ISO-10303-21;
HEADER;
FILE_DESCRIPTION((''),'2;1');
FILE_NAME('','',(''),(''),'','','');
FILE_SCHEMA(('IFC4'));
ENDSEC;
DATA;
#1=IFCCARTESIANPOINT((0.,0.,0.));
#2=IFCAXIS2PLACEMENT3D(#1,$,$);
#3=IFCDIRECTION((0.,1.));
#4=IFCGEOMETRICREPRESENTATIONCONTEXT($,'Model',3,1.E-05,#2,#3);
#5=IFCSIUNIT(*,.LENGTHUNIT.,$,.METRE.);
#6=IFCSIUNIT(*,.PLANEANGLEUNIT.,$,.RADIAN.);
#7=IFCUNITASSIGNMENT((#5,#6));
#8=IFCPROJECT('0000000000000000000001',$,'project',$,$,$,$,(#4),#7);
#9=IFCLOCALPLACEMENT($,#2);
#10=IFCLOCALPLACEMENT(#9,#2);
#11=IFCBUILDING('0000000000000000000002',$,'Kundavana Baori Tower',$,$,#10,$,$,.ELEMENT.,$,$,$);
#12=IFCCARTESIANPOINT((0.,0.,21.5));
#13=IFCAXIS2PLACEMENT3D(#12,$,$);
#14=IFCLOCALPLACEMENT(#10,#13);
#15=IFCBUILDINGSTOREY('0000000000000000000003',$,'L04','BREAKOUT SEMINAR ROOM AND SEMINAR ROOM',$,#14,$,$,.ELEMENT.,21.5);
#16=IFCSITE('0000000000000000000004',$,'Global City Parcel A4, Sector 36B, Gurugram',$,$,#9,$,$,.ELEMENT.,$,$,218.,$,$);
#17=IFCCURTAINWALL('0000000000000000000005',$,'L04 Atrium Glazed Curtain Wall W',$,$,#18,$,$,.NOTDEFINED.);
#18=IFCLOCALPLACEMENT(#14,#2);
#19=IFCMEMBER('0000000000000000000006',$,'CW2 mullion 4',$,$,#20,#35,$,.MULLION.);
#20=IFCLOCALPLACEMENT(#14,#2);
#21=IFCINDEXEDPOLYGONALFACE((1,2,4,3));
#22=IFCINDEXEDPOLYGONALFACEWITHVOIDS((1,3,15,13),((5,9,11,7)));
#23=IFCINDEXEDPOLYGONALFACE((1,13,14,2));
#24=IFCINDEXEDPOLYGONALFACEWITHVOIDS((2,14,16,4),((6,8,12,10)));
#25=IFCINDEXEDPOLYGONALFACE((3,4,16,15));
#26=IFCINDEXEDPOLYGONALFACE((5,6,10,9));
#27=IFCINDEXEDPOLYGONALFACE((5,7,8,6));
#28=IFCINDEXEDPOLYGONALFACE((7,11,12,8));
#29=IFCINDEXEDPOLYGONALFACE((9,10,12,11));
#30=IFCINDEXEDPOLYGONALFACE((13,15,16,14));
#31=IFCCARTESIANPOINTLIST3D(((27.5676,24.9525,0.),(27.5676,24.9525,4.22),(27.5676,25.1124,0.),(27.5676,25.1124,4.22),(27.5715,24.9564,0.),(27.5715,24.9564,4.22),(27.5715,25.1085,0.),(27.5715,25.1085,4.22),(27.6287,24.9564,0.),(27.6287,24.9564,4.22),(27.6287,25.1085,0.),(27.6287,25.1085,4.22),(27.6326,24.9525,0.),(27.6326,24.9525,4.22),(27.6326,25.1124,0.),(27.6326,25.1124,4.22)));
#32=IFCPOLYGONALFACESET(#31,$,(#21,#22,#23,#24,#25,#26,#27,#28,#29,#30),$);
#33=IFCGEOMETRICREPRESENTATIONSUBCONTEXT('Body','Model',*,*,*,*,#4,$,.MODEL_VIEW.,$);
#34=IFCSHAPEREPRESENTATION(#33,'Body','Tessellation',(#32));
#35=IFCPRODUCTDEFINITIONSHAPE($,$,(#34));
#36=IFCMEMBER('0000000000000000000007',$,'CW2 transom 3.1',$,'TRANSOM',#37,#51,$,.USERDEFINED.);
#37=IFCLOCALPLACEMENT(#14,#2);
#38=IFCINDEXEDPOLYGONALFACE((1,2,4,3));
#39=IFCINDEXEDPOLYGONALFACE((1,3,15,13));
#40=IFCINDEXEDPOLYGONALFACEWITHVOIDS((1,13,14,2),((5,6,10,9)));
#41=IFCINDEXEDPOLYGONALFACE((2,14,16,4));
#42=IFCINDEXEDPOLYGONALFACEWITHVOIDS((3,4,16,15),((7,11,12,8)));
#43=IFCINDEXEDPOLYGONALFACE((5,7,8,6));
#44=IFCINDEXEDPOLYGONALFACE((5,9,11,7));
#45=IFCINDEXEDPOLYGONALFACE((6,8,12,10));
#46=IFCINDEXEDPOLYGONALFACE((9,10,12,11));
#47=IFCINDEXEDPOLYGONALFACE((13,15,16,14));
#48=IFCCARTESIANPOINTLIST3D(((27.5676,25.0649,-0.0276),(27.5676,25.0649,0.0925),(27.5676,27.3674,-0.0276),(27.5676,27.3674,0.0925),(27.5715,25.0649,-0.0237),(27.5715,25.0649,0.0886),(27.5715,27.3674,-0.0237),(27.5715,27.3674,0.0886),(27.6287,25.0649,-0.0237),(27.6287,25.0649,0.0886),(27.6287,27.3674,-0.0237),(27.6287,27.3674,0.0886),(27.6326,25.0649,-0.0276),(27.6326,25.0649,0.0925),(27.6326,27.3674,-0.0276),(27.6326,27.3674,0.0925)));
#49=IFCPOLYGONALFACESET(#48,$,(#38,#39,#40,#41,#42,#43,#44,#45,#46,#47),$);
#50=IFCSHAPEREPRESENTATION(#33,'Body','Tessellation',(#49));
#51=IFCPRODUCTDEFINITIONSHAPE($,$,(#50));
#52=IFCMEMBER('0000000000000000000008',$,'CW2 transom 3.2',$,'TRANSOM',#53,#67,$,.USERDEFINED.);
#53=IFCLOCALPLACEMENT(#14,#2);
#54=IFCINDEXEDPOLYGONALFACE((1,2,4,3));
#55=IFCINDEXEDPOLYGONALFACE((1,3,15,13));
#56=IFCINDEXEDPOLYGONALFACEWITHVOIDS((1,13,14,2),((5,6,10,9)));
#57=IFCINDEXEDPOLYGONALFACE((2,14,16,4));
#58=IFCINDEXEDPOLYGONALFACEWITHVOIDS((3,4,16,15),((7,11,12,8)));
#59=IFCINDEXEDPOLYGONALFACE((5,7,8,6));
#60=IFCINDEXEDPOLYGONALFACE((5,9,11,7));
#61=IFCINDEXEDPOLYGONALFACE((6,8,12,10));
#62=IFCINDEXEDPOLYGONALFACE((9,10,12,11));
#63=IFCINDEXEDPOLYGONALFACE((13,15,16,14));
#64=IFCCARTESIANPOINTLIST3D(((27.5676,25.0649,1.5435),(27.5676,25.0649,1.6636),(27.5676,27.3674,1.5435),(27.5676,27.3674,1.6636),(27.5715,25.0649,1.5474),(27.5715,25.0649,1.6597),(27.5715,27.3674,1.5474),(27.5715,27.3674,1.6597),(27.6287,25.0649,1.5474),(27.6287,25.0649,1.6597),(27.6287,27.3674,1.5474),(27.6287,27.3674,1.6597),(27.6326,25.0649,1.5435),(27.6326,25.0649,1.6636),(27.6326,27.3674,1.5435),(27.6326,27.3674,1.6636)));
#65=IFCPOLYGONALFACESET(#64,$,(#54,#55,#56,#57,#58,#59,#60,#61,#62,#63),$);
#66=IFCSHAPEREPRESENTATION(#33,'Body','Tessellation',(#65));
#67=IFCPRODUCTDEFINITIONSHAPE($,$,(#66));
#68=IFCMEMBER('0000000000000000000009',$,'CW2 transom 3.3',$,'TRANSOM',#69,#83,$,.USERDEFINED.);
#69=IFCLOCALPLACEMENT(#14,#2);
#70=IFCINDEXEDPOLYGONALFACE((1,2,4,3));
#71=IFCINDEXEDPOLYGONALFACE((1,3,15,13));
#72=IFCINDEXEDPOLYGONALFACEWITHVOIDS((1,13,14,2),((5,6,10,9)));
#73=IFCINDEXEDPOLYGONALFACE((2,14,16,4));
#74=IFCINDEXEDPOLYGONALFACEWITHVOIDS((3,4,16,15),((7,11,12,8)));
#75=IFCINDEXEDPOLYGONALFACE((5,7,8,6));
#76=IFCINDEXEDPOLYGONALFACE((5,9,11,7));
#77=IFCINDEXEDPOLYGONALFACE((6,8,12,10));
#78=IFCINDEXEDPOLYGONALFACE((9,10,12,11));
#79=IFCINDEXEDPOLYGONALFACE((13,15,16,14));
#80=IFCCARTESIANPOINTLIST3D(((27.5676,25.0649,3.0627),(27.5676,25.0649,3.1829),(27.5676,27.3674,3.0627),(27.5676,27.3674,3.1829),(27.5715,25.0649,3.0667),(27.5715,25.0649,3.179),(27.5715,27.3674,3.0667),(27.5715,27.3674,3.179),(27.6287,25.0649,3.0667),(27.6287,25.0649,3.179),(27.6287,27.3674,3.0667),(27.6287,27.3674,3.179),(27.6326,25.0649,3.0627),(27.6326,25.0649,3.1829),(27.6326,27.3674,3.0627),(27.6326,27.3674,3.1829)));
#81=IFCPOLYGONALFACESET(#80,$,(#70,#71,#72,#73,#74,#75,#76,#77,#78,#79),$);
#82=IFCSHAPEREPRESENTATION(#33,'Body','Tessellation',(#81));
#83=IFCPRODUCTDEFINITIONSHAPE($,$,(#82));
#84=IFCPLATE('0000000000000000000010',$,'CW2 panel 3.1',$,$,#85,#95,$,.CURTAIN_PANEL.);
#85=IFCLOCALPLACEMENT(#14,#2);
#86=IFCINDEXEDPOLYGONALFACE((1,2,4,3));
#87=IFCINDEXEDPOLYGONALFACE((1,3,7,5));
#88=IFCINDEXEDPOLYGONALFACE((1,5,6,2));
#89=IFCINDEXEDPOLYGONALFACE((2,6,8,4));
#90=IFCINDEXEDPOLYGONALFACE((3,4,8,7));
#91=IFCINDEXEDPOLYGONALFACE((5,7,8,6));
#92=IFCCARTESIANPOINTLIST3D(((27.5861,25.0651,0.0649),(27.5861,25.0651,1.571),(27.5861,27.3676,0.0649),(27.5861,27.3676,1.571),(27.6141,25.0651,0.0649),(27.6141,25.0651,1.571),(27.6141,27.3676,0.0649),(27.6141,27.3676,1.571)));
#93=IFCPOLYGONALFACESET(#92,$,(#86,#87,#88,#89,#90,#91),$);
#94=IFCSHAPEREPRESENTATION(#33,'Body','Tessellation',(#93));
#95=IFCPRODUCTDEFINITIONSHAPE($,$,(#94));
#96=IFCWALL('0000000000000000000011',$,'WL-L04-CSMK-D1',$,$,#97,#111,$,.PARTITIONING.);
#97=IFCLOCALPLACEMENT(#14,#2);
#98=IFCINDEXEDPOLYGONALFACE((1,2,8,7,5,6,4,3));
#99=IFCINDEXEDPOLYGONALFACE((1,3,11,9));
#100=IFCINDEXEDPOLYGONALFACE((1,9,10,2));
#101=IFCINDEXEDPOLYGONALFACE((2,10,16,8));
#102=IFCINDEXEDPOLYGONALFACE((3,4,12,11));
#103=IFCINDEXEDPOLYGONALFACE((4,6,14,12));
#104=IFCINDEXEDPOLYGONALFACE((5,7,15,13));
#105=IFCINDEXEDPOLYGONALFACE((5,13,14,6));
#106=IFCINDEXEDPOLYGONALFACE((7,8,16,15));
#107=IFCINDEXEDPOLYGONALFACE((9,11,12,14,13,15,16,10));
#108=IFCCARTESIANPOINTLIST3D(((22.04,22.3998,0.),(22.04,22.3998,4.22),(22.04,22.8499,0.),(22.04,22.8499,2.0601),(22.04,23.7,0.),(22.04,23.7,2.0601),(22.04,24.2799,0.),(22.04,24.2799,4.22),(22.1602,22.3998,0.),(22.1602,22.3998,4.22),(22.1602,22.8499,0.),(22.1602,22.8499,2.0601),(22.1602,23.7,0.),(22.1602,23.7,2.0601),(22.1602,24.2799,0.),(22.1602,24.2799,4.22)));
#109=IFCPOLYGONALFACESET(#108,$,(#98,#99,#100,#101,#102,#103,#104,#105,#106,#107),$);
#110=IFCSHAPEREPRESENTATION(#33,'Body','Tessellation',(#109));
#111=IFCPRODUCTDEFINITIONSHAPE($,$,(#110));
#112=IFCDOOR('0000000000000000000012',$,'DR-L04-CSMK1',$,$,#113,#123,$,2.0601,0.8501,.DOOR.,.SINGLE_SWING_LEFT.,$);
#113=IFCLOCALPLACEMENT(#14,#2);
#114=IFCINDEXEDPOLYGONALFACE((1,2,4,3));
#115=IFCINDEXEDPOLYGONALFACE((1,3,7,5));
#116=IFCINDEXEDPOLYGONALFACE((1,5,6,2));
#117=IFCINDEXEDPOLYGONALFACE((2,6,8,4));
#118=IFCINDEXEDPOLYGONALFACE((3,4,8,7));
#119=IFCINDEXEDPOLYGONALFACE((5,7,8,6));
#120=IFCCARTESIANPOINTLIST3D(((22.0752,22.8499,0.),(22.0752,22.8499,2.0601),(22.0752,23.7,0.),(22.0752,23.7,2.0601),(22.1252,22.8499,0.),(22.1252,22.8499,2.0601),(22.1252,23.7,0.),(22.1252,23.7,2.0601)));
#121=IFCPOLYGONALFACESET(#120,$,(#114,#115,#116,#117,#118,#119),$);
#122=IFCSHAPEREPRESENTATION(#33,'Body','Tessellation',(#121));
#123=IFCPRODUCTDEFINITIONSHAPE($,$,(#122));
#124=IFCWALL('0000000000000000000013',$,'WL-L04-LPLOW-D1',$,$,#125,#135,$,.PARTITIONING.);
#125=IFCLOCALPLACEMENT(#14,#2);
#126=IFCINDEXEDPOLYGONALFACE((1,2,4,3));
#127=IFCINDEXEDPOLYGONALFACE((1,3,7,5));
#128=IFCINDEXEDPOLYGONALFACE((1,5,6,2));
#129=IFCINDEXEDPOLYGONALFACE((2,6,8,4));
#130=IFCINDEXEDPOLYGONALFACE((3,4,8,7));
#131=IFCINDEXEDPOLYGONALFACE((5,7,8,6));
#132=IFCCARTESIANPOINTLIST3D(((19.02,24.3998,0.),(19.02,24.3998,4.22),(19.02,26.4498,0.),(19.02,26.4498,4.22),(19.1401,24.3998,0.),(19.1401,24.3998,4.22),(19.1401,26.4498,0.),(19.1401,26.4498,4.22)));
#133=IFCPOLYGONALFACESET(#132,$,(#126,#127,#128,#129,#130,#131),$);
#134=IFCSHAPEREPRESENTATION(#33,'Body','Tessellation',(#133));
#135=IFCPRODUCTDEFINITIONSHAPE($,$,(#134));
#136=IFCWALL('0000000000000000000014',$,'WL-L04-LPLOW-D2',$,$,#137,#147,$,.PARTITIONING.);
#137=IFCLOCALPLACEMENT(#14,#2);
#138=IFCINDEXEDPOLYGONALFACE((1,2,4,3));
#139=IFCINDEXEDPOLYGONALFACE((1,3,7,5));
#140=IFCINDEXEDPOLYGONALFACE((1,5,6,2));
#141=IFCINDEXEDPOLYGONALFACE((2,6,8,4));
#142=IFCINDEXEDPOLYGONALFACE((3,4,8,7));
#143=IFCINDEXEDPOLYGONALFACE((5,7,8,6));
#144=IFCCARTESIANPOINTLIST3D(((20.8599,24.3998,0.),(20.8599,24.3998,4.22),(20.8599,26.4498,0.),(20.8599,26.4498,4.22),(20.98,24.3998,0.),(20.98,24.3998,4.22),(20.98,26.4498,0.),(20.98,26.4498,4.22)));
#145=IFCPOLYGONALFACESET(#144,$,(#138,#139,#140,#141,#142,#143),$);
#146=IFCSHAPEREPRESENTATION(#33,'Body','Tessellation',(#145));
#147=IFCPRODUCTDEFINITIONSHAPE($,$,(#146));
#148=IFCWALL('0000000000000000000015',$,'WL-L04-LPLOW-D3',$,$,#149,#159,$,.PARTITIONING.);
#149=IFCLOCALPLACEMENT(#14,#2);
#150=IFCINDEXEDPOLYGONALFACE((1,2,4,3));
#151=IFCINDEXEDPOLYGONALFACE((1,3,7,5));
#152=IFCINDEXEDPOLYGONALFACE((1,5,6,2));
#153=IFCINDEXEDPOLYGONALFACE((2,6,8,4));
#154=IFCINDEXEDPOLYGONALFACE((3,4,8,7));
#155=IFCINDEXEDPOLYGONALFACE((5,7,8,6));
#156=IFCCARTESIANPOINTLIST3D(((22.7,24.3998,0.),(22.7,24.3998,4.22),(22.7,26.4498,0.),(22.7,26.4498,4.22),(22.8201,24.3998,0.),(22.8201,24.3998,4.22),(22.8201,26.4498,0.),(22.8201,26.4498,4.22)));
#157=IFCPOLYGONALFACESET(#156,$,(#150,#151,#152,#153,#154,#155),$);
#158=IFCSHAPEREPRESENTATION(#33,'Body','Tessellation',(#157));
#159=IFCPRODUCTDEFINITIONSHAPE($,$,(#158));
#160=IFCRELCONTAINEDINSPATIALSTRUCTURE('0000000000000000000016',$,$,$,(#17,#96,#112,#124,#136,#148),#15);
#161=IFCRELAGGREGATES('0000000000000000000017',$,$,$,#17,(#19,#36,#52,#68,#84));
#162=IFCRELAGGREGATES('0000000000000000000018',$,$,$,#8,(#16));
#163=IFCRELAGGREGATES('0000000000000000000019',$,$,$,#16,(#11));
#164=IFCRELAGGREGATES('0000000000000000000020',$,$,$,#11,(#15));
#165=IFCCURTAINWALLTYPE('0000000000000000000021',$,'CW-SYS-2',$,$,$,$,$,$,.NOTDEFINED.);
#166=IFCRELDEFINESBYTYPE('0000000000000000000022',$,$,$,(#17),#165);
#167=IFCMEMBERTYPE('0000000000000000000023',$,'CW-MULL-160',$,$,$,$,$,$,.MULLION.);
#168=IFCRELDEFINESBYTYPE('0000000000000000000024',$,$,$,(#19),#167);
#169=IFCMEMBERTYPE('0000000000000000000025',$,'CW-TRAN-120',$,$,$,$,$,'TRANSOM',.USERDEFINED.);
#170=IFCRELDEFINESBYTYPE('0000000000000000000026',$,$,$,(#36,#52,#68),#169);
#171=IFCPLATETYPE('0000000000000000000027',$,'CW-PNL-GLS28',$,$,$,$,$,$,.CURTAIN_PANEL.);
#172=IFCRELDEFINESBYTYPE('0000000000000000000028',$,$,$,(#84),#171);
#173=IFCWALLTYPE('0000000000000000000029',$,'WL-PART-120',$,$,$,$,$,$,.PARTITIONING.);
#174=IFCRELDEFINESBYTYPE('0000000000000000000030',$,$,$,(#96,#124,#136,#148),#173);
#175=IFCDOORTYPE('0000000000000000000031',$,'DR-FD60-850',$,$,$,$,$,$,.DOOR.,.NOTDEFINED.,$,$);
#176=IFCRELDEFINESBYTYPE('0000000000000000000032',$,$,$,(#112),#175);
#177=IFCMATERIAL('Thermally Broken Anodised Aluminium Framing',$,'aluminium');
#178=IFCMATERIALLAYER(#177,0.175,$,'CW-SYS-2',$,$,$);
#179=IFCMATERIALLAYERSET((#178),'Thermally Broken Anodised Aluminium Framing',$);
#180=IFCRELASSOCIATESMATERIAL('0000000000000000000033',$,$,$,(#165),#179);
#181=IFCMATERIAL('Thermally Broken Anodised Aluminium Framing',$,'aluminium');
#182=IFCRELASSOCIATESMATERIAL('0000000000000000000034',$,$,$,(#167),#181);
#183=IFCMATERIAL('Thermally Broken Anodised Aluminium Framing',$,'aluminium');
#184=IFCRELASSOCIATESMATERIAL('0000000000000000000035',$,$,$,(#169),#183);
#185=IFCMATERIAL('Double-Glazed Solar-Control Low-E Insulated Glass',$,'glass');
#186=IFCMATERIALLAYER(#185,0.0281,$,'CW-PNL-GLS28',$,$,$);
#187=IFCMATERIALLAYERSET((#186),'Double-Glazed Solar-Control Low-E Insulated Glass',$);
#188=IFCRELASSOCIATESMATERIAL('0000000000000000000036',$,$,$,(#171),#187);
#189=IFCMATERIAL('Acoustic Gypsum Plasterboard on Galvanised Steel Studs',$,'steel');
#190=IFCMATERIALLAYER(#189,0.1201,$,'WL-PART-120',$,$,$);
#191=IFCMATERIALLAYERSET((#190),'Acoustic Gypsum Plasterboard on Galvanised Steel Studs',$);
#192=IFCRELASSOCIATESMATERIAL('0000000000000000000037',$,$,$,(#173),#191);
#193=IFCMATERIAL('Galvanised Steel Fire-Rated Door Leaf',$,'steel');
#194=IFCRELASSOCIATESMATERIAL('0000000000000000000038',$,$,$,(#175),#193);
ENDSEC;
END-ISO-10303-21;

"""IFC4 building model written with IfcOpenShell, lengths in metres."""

from ifc_helpers import new_model, si_unit, direction, frame, frame_2d, origin, origin_2d, place, context, subcontext, project, spatial, rectangle, hollow_rectangle, extrude, material, layer, layer_set, material_profile, profile_set, type_object, element, fill, aggregate, save


model = new_model("IFC4")

# Units and contexts
model_context = context("Model", 3, precision=1e-05, world=origin(), true_north=direction((0.0, 1.0)))
body_context = subcontext(model_context, "Body", "Model", "MODEL_VIEW")
ifc_project = project(units=[si_unit("LENGTHUNIT", "METRE"), si_unit("PLANEANGLEUNIT", "RADIAN")], contexts=[model_context])

# Site, building, storey
site_placement = place(None, origin())
site = spatial("IfcSite", under=ifc_project, at=site_placement, Name="Global City Parcel A4, Sector 36B, Gurugram", CompositionType="ELEMENT", RefElevation=218.0)
building_placement = place(site_placement, origin())
building = spatial("IfcBuilding", under=site, at=building_placement, Name="Kundavana Baori Tower", CompositionType="ELEMENT")
storey_placement = place(building_placement, frame((0.0, 0.0, 21.5)))
storey = spatial("IfcBuildingStorey", under=building, at=storey_placement, Name="L04", Description="BREAKOUT SEMINAR ROOM AND SEMINAR ROOM", CompositionType="ELEMENT", Elevation=21.5)

# Curtain wall, members, plate
ifc_material_1 = material(Name="Thermally Broken Anodised Aluminium Framing", Category="aluminium")
ifc_layer_1 = layer(ifc_material_1, 0.175, Name="CW-SYS-2")
ifc_layer_set_1 = layer_set([ifc_layer_1], Name="Thermally Broken Anodised Aluminium Framing")
curtain_wall_type = type_object("IfcCurtainWallType", Name="CW-SYS-2", PredefinedType="NOTDEFINED", material=ifc_layer_set_1)
curtain_wall_placement = place(storey_placement, origin())
curtain_wall = element("IfcCurtainWall", 1, at=curtain_wall_placement, inside=storey, type_object=curtain_wall_type, Name="L04 Atrium Glazed Curtain Wall W", PredefinedType="NOTDEFINED")
ifc_material_2 = material(Name="Thermally Broken Anodised Aluminium Framing", Category="aluminium")
ifc_material_profile_1 = material_profile(ifc_material_2, hollow_rectangle(XDim=0.0649, YDim=0.1599, WallThickness=0.0039, at=origin_2d()), Name="CW-MULL-160")
ifc_profile_set_1 = profile_set([ifc_material_profile_1], Name="Thermally Broken Anodised Aluminium Framing")
member_type_1 = type_object("IfcMemberType", Name="CW-MULL-160", PredefinedType="MULLION", material=ifc_profile_set_1)
member_1_placement = place(storey_placement, frame((27.6001, 25.0325, 0.0), z_axis=(0.0, 0.0, 1.0), x_axis=(1.0, 0.0, 0.0)))
member_1 = element("IfcMember", 2, at=member_1_placement, type_object=member_type_1, Name="CW2 mullion 4", PredefinedType="MULLION", context=body_context, shape_type="SweptSolid", body=[
    extrude(hollow_rectangle(XDim=0.0649, YDim=0.1599, WallThickness=0.0039, at=origin_2d()), origin(), (0.0, 0.0, 1.0), 4.22),
])
ifc_material_3 = material(Name="Thermally Broken Anodised Aluminium Framing", Category="aluminium")
ifc_material_profile_2 = material_profile(ifc_material_3, hollow_rectangle(XDim=0.0649, YDim=0.1201, WallThickness=0.0039, at=origin_2d()), Name="CW-TRAN-120")
ifc_profile_set_2 = profile_set([ifc_material_profile_2], Name="Thermally Broken Anodised Aluminium Framing")
member_type_2 = type_object("IfcMemberType", Name="CW-TRAN-120", ElementType="TRANSOM", PredefinedType="USERDEFINED", material=ifc_profile_set_2)
member_2_placement = place(storey_placement, frame((27.6001, 27.3674, 0.0325), z_axis=(0.0, -1.0, 0.0), x_axis=(1.0, 0.0, 0.0)))
member_2 = element("IfcMember", 3, at=member_2_placement, type_object=member_type_2, Name="CW2 transom 3.1", ObjectType="TRANSOM", PredefinedType="USERDEFINED", context=body_context, shape_type="SweptSolid", body=[
    extrude(hollow_rectangle(XDim=0.0649, YDim=0.1201, WallThickness=0.0039, at=origin_2d()), origin(), (0.0, 0.0, 1.0), 2.3025),
])
member_3_placement = place(storey_placement, frame((27.6001, 27.3674, 1.6035), z_axis=(0.0, -1.0, 0.0), x_axis=(1.0, 0.0, 0.0)))
member_3 = element("IfcMember", 4, at=member_3_placement, type_object=member_type_2, Name="CW2 transom 3.2", ObjectType="TRANSOM", PredefinedType="USERDEFINED", context=body_context, shape_type="SweptSolid", body=[
    extrude(hollow_rectangle(XDim=0.0649, YDim=0.1201, WallThickness=0.0039, at=origin_2d()), origin(), (0.0, 0.0, 1.0), 2.3025),
])
member_4_placement = place(storey_placement, frame((27.6001, 27.3674, 3.1228), z_axis=(0.0, -1.0, 0.0), x_axis=(1.0, 0.0, 0.0)))
member_4 = element("IfcMember", 5, at=member_4_placement, type_object=member_type_2, Name="CW2 transom 3.3", ObjectType="TRANSOM", PredefinedType="USERDEFINED", context=body_context, shape_type="SweptSolid", body=[
    extrude(hollow_rectangle(XDim=0.0649, YDim=0.1201, WallThickness=0.0039, at=origin_2d()), origin(), (0.0, 0.0, 1.0), 2.3025),
])
ifc_material_4 = material(Name="Double-Glazed Solar-Control Low-E Insulated Glass", Category="glass")
ifc_layer_2 = layer(ifc_material_4, 0.0281, Name="CW-PNL-GLS28")
ifc_layer_set_2 = layer_set([ifc_layer_2], Name="Double-Glazed Solar-Control Low-E Insulated Glass")
plate_type = type_object("IfcPlateType", Name="CW-PNL-GLS28", PredefinedType="CURTAIN_PANEL", material=ifc_layer_set_2)
plate_placement = place(storey_placement, frame((27.6001, 26.2163, 0.0649), z_axis=(0.0, 0.0, 1.0), x_axis=(0.0, -1.0, 0.0)))
plate = element("IfcPlate", 6, at=plate_placement, type_object=plate_type, Name="CW2 panel 3.1", PredefinedType="CURTAIN_PANEL", context=body_context, shape_type="SweptSolid", body=[
    extrude(rectangle(XDim=2.3025, YDim=0.0281, at=origin_2d()), origin(), (0.0, 0.0, 1.0), 1.5061),
])
aggregate(curtain_wall, [member_1, member_2, member_3, member_4, plate])

# Wall, opening, door
ifc_material_5 = material(Name="Acoustic Gypsum Plasterboard on Galvanised Steel Studs", Category="steel")
ifc_layer_3 = layer(ifc_material_5, 0.1201, Name="WL-PART-120")
ifc_layer_set_3 = layer_set([ifc_layer_3], Name="Acoustic Gypsum Plasterboard on Galvanised Steel Studs")
wall_type_1 = type_object("IfcWallType", Name="WL-PART-120", PredefinedType="PARTITIONING", material=ifc_layer_set_3)
wall_1_placement = place(storey_placement, frame((22.1001, 22.3999, 0.0), z_axis=(0.0, 0.0, 1.0), x_axis=(0.0, 1.0, 0.0)))
wall_1 = element("IfcWall", 7, at=wall_1_placement, inside=storey, type_object=wall_type_1, Name="WL-L04-CSMK-D1", PredefinedType="PARTITIONING", context=body_context, shape_type="SweptSolid", body=[
    extrude(rectangle(XDim=1.8801, YDim=0.1201, at=frame_2d((0.9399, 0.0))), origin(), (0.0, 0.0, 1.0), 4.22),
])
opening_1_placement = place(wall_1_placement, frame((0.45, 0.0, 0.0)))
opening_1 = element("IfcOpeningElement", 8, at=opening_1_placement, cuts=wall_1, PredefinedType="OPENING", context=body_context, shape_type="SweptSolid", body=[
    extrude(rectangle(XDim=0.8501, YDim=2.0601, at=frame_2d((0.425, 1.03))), frame((0.0, 0.0701, 0.0), z_axis=(0.0, -1.0, 0.0), x_axis=(1.0, 0.0, 0.0)), (0.0, 0.0, 1.0), 0.1401),
])
ifc_material_6 = material(Name="Galvanised Steel Fire-Rated Door Leaf", Category="steel")
door_type_1 = type_object("IfcDoorType", Name="DR-FD60-850", OperationType="NOTDEFINED", PredefinedType="DOOR", material=ifc_material_6)
door_1_placement = place(opening_1_placement, origin())
door_1 = element("IfcDoor", 9, at=door_1_placement, inside=storey, type_object=door_type_1, Name="DR-L04-CSMK1", OperationType="SINGLE_SWING_LEFT", OverallHeight=2.0601, OverallWidth=0.8501, PredefinedType="DOOR", context=body_context, shape_type="SweptSolid", body=[
    extrude(rectangle(XDim=0.8501, YDim=2.0601, at=frame_2d((0.425, 1.03))), frame((0.0, 0.0249, 0.0), z_axis=(0.0, -1.0, 0.0), x_axis=(1.0, 0.0, 0.0)), (0.0, 0.0, 1.0), 0.05),
])
fill(opening_1, door_1)

# Walls
for number, where, z_axis, x_axis, name in (
    (10, (19.0801, 24.3999, 0.0), (0.0, 0.0, 1.0), (0.0, 1.0, 0.0), "WL-L04-LPLOW-D1"),
    (11, (20.9199, 24.3999, 0.0), (0.0, 0.0, 1.0), (0.0, 1.0, 0.0), "WL-L04-LPLOW-D2"),
    (12, (22.76, 24.3999, 0.0), (0.0, 0.0, 1.0), (0.0, 1.0, 0.0), "WL-L04-LPLOW-D3"),
):
    element("IfcWall", number, at=place(storey_placement, frame(where, z_axis=z_axis, x_axis=x_axis)), inside=storey, type_object=wall_type_1, Name=name, PredefinedType="PARTITIONING", context=body_context, shape_type="SweptSolid", body=[
        extrude(rectangle(XDim=2.05, YDim=0.1201, at=frame_2d((1.0249, 0.0))), origin(), (0.0, 0.0, 1.0), 4.22),
    ])

save(model, "model.ifc")
